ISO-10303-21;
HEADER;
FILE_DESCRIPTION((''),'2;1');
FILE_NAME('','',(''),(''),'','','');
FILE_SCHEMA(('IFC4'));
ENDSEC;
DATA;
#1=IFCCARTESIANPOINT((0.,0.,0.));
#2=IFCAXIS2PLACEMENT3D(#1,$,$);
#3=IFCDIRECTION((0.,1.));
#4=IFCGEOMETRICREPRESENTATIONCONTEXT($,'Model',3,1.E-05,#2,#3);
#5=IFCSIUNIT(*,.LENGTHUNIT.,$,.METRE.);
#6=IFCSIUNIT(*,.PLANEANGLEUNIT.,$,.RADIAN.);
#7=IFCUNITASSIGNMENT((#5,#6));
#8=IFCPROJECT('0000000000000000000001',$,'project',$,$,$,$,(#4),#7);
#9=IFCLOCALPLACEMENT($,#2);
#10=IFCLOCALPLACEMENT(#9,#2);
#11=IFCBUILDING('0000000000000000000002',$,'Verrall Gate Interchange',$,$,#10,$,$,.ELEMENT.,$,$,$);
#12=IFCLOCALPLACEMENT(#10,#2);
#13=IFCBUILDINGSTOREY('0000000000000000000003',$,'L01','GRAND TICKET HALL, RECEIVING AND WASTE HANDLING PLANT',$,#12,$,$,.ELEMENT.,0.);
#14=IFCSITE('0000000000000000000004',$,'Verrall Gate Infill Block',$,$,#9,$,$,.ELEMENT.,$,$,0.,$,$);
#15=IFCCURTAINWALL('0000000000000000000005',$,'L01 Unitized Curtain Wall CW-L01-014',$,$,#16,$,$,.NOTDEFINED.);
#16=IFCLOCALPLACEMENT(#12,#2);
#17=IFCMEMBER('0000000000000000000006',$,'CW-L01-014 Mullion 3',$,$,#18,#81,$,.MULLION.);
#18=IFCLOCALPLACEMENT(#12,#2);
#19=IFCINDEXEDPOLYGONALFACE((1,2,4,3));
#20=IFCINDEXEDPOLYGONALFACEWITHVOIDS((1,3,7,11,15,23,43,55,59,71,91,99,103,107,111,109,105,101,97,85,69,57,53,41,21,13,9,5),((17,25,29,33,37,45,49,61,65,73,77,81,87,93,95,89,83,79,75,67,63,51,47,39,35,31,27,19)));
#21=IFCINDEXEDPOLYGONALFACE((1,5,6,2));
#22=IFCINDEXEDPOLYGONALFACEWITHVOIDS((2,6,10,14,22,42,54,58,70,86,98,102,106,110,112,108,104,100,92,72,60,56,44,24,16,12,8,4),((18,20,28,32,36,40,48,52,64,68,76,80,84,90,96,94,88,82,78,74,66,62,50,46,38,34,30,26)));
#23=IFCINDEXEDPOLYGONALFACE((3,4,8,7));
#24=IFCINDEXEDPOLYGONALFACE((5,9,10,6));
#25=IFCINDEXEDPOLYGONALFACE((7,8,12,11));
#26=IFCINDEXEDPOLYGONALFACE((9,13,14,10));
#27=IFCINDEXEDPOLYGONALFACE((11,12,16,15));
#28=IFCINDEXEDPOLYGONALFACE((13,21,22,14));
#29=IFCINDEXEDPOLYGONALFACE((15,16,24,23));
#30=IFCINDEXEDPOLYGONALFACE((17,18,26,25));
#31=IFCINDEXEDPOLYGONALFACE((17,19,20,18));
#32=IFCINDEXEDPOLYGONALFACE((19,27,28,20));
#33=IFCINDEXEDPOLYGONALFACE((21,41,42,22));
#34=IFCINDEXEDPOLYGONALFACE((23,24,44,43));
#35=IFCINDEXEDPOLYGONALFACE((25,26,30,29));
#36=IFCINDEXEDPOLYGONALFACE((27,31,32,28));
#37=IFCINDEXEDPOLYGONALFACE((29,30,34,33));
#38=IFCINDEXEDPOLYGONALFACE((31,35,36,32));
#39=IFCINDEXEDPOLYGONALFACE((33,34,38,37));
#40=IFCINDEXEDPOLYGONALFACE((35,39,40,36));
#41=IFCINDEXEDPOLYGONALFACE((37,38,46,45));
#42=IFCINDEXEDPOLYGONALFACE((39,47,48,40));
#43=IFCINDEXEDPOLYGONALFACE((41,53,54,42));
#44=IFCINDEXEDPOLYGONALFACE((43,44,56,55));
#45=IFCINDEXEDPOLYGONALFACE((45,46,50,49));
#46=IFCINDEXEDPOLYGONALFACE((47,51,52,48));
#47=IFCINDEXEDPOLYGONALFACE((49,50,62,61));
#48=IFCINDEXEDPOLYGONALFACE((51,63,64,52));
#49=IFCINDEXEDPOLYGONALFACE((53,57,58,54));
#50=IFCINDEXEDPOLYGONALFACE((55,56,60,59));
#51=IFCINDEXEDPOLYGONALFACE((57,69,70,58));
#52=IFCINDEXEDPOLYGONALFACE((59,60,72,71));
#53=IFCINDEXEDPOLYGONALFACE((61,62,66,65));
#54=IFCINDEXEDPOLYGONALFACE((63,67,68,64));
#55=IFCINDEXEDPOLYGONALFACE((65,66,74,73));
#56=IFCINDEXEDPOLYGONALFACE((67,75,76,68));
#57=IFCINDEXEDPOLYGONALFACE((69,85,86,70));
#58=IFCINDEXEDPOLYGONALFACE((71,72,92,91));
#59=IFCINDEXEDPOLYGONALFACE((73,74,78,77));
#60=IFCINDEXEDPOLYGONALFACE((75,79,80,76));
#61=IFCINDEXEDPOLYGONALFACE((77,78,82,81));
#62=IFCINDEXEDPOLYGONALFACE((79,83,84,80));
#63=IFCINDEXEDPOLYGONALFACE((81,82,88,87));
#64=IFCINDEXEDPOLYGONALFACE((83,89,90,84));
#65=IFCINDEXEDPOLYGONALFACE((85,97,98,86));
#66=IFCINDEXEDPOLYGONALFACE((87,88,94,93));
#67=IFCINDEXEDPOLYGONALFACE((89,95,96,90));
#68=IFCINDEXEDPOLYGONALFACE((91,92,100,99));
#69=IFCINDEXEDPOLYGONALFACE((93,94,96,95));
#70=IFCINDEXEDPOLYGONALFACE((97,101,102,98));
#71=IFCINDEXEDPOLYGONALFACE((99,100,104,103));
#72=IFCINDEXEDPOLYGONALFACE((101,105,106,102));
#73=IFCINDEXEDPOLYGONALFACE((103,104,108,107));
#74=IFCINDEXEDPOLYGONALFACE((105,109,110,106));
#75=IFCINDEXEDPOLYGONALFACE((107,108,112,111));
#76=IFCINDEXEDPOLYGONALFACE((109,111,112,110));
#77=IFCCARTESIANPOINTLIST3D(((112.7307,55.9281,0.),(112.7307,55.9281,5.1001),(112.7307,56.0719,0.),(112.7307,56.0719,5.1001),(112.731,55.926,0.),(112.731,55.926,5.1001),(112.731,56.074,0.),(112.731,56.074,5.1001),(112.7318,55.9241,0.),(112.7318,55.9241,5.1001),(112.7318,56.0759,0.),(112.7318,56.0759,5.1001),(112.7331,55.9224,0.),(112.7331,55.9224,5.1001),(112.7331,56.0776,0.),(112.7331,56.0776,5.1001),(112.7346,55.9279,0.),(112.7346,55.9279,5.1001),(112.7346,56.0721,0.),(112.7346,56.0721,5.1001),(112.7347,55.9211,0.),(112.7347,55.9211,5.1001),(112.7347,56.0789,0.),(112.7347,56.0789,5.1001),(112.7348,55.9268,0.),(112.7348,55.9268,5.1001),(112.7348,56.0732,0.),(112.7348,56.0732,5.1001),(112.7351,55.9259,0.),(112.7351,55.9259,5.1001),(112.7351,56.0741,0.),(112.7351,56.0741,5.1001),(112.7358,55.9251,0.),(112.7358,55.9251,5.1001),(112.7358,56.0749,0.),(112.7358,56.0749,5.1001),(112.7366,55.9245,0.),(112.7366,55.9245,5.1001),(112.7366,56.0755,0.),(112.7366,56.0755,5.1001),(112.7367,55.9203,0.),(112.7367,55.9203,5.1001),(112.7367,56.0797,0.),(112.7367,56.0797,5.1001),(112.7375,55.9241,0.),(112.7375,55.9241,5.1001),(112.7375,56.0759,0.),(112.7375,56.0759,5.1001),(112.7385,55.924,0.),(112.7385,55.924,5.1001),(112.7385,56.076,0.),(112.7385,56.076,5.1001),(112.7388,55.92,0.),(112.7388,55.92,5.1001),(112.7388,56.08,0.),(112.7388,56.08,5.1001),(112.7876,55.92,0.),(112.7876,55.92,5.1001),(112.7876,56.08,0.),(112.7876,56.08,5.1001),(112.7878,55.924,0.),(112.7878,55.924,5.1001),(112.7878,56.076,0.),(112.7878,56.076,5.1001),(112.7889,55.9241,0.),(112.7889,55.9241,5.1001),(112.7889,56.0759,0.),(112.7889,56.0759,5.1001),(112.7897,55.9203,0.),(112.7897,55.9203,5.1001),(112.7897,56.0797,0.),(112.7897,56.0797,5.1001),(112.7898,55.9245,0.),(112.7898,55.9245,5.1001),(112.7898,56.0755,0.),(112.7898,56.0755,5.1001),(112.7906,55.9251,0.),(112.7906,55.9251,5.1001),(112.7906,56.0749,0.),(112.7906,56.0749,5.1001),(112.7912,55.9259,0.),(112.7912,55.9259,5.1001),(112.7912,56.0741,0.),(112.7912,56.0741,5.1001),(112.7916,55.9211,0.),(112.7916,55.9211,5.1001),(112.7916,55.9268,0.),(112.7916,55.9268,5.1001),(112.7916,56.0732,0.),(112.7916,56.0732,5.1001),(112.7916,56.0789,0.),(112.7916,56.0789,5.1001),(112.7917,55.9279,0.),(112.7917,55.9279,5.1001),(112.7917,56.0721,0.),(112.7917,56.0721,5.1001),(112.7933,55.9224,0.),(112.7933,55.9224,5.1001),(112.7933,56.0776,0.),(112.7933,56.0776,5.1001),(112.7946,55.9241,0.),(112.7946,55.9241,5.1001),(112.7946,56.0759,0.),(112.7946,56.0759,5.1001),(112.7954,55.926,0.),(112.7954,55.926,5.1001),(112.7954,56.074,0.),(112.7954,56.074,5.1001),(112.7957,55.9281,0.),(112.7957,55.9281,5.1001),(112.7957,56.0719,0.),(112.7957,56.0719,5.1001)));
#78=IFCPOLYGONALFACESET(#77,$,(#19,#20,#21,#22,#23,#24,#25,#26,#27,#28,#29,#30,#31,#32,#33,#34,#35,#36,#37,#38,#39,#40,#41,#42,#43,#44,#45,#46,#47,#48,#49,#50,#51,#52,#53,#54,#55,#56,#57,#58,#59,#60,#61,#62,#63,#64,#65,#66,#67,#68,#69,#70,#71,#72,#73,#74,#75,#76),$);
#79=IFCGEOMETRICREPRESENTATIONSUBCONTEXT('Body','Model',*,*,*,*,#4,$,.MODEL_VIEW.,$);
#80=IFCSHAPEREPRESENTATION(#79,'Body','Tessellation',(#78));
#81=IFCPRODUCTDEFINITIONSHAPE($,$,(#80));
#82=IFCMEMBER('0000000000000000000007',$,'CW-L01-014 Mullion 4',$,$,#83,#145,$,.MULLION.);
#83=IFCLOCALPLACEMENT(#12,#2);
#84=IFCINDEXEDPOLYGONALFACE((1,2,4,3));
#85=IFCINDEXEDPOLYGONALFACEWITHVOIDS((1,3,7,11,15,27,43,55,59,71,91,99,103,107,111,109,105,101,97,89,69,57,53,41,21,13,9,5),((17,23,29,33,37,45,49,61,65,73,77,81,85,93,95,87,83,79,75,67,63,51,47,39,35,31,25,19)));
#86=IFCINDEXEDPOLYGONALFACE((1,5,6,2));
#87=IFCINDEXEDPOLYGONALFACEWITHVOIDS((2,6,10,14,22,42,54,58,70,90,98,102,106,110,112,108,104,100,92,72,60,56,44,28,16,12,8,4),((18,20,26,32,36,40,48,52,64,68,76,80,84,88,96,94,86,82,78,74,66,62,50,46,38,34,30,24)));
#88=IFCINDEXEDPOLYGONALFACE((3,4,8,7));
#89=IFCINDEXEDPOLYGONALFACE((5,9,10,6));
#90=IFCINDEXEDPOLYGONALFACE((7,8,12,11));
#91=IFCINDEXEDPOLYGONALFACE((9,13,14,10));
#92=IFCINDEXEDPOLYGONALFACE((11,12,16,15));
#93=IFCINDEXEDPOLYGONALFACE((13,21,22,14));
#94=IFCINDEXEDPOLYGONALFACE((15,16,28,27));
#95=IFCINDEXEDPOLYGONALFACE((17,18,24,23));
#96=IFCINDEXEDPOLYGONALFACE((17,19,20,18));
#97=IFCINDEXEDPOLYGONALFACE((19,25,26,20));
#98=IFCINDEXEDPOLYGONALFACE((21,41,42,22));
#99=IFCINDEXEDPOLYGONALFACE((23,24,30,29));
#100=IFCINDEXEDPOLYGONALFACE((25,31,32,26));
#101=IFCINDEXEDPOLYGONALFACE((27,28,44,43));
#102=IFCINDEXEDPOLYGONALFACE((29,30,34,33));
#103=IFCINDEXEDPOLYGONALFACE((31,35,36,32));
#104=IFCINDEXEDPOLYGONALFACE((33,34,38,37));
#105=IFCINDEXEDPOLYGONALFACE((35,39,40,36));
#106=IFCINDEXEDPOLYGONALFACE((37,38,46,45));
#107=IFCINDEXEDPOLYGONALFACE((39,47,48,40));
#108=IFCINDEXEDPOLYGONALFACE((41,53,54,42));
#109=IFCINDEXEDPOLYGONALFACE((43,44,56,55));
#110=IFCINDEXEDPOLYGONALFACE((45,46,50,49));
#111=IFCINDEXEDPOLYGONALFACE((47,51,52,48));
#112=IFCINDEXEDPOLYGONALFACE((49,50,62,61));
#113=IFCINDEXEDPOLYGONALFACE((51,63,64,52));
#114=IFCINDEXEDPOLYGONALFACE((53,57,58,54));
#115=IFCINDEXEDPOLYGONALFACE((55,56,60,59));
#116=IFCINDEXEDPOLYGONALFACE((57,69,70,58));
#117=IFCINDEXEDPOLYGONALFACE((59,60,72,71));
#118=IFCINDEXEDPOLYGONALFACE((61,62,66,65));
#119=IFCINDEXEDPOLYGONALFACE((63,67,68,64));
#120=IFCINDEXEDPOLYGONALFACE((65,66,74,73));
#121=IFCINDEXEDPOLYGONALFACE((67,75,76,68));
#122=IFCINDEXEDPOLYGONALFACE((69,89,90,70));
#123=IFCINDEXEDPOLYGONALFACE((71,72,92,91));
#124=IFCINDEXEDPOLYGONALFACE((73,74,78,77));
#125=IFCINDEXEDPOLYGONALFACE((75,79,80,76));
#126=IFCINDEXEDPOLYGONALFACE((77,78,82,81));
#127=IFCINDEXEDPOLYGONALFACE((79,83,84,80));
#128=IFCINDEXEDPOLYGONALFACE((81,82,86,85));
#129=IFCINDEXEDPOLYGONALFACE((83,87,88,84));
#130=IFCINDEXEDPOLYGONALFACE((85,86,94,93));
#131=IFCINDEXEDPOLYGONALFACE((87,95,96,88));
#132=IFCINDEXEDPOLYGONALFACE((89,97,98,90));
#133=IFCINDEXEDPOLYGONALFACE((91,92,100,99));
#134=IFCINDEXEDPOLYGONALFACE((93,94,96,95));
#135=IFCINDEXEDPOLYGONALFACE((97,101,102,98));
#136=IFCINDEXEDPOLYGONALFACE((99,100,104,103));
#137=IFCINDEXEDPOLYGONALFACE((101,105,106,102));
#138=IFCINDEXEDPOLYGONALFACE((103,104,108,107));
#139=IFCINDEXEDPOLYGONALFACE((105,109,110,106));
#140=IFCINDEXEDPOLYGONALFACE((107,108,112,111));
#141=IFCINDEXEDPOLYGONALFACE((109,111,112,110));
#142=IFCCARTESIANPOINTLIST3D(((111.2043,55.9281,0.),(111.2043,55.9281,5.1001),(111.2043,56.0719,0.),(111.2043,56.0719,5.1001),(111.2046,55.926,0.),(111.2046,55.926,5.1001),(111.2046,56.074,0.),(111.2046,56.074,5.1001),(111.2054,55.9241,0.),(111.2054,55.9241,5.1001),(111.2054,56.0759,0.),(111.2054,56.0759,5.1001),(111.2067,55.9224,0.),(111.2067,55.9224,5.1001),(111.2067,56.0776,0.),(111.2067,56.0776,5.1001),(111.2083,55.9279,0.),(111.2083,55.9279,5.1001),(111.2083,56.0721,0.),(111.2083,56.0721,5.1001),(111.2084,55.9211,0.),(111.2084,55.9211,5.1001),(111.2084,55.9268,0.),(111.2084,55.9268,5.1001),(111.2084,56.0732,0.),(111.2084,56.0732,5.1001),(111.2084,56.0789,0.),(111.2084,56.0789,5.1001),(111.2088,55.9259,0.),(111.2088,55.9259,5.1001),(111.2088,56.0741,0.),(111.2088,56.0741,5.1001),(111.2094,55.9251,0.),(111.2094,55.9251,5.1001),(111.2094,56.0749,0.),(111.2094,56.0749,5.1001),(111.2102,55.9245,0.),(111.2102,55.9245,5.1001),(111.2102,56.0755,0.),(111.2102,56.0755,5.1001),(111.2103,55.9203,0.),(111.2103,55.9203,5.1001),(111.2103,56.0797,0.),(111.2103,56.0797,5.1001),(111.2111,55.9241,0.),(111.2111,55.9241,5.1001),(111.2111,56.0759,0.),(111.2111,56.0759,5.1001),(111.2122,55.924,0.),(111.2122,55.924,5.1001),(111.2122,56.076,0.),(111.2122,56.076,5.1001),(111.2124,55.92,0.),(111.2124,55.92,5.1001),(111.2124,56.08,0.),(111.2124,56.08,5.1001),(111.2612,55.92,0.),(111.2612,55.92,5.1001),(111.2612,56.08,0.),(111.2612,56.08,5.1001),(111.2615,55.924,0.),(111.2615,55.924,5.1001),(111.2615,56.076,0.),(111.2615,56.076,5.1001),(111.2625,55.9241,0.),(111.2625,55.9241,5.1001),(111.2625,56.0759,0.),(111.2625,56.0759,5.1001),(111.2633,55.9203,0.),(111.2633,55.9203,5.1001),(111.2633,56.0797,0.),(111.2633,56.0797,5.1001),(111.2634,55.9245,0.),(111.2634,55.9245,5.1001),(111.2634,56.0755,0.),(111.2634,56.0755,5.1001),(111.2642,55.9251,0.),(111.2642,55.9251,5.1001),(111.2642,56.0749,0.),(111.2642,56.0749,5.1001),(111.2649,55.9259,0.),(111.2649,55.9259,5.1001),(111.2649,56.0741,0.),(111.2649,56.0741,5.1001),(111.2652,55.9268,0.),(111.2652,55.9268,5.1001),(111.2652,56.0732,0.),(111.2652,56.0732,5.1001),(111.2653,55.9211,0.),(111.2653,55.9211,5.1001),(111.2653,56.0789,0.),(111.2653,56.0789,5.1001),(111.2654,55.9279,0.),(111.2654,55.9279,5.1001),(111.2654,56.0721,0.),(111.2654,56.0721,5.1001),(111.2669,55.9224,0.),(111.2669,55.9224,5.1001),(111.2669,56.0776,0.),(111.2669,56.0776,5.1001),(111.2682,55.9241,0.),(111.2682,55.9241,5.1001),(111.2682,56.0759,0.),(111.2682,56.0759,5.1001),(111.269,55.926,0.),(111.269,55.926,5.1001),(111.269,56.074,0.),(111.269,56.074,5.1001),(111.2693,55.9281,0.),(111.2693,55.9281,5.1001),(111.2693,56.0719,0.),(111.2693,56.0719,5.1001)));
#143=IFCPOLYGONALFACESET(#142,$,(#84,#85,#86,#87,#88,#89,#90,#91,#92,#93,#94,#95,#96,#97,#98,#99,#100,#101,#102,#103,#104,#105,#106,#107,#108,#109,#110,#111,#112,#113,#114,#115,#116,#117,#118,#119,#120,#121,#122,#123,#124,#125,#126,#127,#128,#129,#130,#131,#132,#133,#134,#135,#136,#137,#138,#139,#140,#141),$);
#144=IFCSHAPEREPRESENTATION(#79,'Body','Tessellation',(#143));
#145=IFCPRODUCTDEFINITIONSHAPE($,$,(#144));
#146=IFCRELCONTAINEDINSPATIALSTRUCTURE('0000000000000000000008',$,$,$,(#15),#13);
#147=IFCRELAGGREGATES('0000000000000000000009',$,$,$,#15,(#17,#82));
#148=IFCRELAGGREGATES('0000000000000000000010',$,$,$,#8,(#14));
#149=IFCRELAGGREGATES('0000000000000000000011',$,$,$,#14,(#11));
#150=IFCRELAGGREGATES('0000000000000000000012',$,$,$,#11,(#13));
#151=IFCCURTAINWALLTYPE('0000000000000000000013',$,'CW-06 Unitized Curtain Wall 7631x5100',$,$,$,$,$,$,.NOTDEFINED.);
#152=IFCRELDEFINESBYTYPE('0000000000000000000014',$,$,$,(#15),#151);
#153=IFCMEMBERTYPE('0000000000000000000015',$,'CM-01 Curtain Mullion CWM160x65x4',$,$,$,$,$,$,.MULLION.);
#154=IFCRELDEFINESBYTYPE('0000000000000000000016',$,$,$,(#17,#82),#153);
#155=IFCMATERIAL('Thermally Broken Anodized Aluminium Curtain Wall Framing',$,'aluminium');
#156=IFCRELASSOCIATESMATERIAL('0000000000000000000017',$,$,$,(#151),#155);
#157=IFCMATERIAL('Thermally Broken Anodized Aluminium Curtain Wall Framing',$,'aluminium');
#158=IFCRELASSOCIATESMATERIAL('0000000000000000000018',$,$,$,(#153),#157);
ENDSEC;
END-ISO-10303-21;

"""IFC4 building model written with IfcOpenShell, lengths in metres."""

from ifc_helpers import new_model, si_unit, direction, frame, origin, origin_2d, place, context, subcontext, project, spatial, hollow_rectangle, extrude, material, material_profile, profile_set, type_object, element, aggregate, save


model = new_model("IFC4")

# Units and contexts
model_context = context("Model", 3, precision=1e-05, world=origin(), true_north=direction((0.0, 1.0)))
body_context = subcontext(model_context, "Body", "Model", "MODEL_VIEW")
ifc_project = project(units=[si_unit("LENGTHUNIT", "METRE"), si_unit("PLANEANGLEUNIT", "RADIAN")], contexts=[model_context])

# Site, building, storey
site_placement = place(None, origin())
site = spatial("IfcSite", under=ifc_project, at=site_placement, Name="Verrall Gate Infill Block", CompositionType="ELEMENT", RefElevation=0.0)
building_placement = place(site_placement, origin())
building = spatial("IfcBuilding", under=site, at=building_placement, Name="Verrall Gate Interchange", CompositionType="ELEMENT")
storey_placement = place(building_placement, origin())
storey = spatial("IfcBuildingStorey", under=building, at=storey_placement, Name="L01", Description="GRAND TICKET HALL, RECEIVING AND WASTE HANDLING PLANT", CompositionType="ELEMENT", Elevation=0.0)

# Curtain wall, members
ifc_material_1 = material(Name="Thermally Broken Anodized Aluminium Curtain Wall Framing", Category="aluminium")
curtain_wall_type = type_object("IfcCurtainWallType", Name="CW-06 Unitized Curtain Wall 7631x5100", PredefinedType="NOTDEFINED", material=ifc_material_1)
curtain_wall_1_placement = place(storey_placement, origin())
curtain_wall_1 = element("IfcCurtainWall", 1, at=curtain_wall_1_placement, inside=storey, type_object=curtain_wall_type, Name="L01 Unitized Curtain Wall CW-L01-014", PredefinedType="NOTDEFINED")
ifc_material_2 = material(Name="Thermally Broken Anodized Aluminium Curtain Wall Framing", Category="aluminium")
ifc_material_profile_1 = material_profile(ifc_material_2, hollow_rectangle(XDim=0.0649, YDim=0.1599, WallThickness=0.0039, InnerFilletRadius=0.0039, OuterFilletRadius=0.0081, at=origin_2d()), Name="CWM160x65x4")
ifc_profile_set_1 = profile_set([ifc_material_profile_1], Name="Thermally Broken Anodized Aluminium Curtain Wall Framing")
member_type_1 = type_object("IfcMemberType", Name="CM-01 Curtain Mullion CWM160x65x4", PredefinedType="MULLION", material=ifc_profile_set_1)
member_1_placement = place(storey_placement, frame((112.7632, 56.0, 0.0), z_axis=(0.0, 0.0, 1.0), x_axis=(-1.0, 0.0, 0.0)))
member_1 = element("IfcMember", 2, at=member_1_placement, type_object=member_type_1, Name="CW-L01-014 Mullion 3", PredefinedType="MULLION", context=body_context, shape_type="SweptSolid", body=[
    extrude(hollow_rectangle(XDim=0.0649, YDim=0.1599, WallThickness=0.0039, InnerFilletRadius=0.0039, OuterFilletRadius=0.0081, at=origin_2d()), origin(), (0.0, 0.0, 1.0), 5.1001),
])
member_2_placement = place(storey_placement, frame((111.2368, 56.0, 0.0), z_axis=(0.0, 0.0, 1.0), x_axis=(-1.0, 0.0, 0.0)))
member_2 = element("IfcMember", 3, at=member_2_placement, type_object=member_type_1, Name="CW-L01-014 Mullion 4", PredefinedType="MULLION", context=body_context, shape_type="SweptSolid", body=[
    extrude(hollow_rectangle(XDim=0.0649, YDim=0.1599, WallThickness=0.0039, InnerFilletRadius=0.0039, OuterFilletRadius=0.0081, at=origin_2d()), origin(), (0.0, 0.0, 1.0), 5.1001),
])

aggregate(curtain_wall_1, [member_1, member_2])

save(model, "model.ifc")
